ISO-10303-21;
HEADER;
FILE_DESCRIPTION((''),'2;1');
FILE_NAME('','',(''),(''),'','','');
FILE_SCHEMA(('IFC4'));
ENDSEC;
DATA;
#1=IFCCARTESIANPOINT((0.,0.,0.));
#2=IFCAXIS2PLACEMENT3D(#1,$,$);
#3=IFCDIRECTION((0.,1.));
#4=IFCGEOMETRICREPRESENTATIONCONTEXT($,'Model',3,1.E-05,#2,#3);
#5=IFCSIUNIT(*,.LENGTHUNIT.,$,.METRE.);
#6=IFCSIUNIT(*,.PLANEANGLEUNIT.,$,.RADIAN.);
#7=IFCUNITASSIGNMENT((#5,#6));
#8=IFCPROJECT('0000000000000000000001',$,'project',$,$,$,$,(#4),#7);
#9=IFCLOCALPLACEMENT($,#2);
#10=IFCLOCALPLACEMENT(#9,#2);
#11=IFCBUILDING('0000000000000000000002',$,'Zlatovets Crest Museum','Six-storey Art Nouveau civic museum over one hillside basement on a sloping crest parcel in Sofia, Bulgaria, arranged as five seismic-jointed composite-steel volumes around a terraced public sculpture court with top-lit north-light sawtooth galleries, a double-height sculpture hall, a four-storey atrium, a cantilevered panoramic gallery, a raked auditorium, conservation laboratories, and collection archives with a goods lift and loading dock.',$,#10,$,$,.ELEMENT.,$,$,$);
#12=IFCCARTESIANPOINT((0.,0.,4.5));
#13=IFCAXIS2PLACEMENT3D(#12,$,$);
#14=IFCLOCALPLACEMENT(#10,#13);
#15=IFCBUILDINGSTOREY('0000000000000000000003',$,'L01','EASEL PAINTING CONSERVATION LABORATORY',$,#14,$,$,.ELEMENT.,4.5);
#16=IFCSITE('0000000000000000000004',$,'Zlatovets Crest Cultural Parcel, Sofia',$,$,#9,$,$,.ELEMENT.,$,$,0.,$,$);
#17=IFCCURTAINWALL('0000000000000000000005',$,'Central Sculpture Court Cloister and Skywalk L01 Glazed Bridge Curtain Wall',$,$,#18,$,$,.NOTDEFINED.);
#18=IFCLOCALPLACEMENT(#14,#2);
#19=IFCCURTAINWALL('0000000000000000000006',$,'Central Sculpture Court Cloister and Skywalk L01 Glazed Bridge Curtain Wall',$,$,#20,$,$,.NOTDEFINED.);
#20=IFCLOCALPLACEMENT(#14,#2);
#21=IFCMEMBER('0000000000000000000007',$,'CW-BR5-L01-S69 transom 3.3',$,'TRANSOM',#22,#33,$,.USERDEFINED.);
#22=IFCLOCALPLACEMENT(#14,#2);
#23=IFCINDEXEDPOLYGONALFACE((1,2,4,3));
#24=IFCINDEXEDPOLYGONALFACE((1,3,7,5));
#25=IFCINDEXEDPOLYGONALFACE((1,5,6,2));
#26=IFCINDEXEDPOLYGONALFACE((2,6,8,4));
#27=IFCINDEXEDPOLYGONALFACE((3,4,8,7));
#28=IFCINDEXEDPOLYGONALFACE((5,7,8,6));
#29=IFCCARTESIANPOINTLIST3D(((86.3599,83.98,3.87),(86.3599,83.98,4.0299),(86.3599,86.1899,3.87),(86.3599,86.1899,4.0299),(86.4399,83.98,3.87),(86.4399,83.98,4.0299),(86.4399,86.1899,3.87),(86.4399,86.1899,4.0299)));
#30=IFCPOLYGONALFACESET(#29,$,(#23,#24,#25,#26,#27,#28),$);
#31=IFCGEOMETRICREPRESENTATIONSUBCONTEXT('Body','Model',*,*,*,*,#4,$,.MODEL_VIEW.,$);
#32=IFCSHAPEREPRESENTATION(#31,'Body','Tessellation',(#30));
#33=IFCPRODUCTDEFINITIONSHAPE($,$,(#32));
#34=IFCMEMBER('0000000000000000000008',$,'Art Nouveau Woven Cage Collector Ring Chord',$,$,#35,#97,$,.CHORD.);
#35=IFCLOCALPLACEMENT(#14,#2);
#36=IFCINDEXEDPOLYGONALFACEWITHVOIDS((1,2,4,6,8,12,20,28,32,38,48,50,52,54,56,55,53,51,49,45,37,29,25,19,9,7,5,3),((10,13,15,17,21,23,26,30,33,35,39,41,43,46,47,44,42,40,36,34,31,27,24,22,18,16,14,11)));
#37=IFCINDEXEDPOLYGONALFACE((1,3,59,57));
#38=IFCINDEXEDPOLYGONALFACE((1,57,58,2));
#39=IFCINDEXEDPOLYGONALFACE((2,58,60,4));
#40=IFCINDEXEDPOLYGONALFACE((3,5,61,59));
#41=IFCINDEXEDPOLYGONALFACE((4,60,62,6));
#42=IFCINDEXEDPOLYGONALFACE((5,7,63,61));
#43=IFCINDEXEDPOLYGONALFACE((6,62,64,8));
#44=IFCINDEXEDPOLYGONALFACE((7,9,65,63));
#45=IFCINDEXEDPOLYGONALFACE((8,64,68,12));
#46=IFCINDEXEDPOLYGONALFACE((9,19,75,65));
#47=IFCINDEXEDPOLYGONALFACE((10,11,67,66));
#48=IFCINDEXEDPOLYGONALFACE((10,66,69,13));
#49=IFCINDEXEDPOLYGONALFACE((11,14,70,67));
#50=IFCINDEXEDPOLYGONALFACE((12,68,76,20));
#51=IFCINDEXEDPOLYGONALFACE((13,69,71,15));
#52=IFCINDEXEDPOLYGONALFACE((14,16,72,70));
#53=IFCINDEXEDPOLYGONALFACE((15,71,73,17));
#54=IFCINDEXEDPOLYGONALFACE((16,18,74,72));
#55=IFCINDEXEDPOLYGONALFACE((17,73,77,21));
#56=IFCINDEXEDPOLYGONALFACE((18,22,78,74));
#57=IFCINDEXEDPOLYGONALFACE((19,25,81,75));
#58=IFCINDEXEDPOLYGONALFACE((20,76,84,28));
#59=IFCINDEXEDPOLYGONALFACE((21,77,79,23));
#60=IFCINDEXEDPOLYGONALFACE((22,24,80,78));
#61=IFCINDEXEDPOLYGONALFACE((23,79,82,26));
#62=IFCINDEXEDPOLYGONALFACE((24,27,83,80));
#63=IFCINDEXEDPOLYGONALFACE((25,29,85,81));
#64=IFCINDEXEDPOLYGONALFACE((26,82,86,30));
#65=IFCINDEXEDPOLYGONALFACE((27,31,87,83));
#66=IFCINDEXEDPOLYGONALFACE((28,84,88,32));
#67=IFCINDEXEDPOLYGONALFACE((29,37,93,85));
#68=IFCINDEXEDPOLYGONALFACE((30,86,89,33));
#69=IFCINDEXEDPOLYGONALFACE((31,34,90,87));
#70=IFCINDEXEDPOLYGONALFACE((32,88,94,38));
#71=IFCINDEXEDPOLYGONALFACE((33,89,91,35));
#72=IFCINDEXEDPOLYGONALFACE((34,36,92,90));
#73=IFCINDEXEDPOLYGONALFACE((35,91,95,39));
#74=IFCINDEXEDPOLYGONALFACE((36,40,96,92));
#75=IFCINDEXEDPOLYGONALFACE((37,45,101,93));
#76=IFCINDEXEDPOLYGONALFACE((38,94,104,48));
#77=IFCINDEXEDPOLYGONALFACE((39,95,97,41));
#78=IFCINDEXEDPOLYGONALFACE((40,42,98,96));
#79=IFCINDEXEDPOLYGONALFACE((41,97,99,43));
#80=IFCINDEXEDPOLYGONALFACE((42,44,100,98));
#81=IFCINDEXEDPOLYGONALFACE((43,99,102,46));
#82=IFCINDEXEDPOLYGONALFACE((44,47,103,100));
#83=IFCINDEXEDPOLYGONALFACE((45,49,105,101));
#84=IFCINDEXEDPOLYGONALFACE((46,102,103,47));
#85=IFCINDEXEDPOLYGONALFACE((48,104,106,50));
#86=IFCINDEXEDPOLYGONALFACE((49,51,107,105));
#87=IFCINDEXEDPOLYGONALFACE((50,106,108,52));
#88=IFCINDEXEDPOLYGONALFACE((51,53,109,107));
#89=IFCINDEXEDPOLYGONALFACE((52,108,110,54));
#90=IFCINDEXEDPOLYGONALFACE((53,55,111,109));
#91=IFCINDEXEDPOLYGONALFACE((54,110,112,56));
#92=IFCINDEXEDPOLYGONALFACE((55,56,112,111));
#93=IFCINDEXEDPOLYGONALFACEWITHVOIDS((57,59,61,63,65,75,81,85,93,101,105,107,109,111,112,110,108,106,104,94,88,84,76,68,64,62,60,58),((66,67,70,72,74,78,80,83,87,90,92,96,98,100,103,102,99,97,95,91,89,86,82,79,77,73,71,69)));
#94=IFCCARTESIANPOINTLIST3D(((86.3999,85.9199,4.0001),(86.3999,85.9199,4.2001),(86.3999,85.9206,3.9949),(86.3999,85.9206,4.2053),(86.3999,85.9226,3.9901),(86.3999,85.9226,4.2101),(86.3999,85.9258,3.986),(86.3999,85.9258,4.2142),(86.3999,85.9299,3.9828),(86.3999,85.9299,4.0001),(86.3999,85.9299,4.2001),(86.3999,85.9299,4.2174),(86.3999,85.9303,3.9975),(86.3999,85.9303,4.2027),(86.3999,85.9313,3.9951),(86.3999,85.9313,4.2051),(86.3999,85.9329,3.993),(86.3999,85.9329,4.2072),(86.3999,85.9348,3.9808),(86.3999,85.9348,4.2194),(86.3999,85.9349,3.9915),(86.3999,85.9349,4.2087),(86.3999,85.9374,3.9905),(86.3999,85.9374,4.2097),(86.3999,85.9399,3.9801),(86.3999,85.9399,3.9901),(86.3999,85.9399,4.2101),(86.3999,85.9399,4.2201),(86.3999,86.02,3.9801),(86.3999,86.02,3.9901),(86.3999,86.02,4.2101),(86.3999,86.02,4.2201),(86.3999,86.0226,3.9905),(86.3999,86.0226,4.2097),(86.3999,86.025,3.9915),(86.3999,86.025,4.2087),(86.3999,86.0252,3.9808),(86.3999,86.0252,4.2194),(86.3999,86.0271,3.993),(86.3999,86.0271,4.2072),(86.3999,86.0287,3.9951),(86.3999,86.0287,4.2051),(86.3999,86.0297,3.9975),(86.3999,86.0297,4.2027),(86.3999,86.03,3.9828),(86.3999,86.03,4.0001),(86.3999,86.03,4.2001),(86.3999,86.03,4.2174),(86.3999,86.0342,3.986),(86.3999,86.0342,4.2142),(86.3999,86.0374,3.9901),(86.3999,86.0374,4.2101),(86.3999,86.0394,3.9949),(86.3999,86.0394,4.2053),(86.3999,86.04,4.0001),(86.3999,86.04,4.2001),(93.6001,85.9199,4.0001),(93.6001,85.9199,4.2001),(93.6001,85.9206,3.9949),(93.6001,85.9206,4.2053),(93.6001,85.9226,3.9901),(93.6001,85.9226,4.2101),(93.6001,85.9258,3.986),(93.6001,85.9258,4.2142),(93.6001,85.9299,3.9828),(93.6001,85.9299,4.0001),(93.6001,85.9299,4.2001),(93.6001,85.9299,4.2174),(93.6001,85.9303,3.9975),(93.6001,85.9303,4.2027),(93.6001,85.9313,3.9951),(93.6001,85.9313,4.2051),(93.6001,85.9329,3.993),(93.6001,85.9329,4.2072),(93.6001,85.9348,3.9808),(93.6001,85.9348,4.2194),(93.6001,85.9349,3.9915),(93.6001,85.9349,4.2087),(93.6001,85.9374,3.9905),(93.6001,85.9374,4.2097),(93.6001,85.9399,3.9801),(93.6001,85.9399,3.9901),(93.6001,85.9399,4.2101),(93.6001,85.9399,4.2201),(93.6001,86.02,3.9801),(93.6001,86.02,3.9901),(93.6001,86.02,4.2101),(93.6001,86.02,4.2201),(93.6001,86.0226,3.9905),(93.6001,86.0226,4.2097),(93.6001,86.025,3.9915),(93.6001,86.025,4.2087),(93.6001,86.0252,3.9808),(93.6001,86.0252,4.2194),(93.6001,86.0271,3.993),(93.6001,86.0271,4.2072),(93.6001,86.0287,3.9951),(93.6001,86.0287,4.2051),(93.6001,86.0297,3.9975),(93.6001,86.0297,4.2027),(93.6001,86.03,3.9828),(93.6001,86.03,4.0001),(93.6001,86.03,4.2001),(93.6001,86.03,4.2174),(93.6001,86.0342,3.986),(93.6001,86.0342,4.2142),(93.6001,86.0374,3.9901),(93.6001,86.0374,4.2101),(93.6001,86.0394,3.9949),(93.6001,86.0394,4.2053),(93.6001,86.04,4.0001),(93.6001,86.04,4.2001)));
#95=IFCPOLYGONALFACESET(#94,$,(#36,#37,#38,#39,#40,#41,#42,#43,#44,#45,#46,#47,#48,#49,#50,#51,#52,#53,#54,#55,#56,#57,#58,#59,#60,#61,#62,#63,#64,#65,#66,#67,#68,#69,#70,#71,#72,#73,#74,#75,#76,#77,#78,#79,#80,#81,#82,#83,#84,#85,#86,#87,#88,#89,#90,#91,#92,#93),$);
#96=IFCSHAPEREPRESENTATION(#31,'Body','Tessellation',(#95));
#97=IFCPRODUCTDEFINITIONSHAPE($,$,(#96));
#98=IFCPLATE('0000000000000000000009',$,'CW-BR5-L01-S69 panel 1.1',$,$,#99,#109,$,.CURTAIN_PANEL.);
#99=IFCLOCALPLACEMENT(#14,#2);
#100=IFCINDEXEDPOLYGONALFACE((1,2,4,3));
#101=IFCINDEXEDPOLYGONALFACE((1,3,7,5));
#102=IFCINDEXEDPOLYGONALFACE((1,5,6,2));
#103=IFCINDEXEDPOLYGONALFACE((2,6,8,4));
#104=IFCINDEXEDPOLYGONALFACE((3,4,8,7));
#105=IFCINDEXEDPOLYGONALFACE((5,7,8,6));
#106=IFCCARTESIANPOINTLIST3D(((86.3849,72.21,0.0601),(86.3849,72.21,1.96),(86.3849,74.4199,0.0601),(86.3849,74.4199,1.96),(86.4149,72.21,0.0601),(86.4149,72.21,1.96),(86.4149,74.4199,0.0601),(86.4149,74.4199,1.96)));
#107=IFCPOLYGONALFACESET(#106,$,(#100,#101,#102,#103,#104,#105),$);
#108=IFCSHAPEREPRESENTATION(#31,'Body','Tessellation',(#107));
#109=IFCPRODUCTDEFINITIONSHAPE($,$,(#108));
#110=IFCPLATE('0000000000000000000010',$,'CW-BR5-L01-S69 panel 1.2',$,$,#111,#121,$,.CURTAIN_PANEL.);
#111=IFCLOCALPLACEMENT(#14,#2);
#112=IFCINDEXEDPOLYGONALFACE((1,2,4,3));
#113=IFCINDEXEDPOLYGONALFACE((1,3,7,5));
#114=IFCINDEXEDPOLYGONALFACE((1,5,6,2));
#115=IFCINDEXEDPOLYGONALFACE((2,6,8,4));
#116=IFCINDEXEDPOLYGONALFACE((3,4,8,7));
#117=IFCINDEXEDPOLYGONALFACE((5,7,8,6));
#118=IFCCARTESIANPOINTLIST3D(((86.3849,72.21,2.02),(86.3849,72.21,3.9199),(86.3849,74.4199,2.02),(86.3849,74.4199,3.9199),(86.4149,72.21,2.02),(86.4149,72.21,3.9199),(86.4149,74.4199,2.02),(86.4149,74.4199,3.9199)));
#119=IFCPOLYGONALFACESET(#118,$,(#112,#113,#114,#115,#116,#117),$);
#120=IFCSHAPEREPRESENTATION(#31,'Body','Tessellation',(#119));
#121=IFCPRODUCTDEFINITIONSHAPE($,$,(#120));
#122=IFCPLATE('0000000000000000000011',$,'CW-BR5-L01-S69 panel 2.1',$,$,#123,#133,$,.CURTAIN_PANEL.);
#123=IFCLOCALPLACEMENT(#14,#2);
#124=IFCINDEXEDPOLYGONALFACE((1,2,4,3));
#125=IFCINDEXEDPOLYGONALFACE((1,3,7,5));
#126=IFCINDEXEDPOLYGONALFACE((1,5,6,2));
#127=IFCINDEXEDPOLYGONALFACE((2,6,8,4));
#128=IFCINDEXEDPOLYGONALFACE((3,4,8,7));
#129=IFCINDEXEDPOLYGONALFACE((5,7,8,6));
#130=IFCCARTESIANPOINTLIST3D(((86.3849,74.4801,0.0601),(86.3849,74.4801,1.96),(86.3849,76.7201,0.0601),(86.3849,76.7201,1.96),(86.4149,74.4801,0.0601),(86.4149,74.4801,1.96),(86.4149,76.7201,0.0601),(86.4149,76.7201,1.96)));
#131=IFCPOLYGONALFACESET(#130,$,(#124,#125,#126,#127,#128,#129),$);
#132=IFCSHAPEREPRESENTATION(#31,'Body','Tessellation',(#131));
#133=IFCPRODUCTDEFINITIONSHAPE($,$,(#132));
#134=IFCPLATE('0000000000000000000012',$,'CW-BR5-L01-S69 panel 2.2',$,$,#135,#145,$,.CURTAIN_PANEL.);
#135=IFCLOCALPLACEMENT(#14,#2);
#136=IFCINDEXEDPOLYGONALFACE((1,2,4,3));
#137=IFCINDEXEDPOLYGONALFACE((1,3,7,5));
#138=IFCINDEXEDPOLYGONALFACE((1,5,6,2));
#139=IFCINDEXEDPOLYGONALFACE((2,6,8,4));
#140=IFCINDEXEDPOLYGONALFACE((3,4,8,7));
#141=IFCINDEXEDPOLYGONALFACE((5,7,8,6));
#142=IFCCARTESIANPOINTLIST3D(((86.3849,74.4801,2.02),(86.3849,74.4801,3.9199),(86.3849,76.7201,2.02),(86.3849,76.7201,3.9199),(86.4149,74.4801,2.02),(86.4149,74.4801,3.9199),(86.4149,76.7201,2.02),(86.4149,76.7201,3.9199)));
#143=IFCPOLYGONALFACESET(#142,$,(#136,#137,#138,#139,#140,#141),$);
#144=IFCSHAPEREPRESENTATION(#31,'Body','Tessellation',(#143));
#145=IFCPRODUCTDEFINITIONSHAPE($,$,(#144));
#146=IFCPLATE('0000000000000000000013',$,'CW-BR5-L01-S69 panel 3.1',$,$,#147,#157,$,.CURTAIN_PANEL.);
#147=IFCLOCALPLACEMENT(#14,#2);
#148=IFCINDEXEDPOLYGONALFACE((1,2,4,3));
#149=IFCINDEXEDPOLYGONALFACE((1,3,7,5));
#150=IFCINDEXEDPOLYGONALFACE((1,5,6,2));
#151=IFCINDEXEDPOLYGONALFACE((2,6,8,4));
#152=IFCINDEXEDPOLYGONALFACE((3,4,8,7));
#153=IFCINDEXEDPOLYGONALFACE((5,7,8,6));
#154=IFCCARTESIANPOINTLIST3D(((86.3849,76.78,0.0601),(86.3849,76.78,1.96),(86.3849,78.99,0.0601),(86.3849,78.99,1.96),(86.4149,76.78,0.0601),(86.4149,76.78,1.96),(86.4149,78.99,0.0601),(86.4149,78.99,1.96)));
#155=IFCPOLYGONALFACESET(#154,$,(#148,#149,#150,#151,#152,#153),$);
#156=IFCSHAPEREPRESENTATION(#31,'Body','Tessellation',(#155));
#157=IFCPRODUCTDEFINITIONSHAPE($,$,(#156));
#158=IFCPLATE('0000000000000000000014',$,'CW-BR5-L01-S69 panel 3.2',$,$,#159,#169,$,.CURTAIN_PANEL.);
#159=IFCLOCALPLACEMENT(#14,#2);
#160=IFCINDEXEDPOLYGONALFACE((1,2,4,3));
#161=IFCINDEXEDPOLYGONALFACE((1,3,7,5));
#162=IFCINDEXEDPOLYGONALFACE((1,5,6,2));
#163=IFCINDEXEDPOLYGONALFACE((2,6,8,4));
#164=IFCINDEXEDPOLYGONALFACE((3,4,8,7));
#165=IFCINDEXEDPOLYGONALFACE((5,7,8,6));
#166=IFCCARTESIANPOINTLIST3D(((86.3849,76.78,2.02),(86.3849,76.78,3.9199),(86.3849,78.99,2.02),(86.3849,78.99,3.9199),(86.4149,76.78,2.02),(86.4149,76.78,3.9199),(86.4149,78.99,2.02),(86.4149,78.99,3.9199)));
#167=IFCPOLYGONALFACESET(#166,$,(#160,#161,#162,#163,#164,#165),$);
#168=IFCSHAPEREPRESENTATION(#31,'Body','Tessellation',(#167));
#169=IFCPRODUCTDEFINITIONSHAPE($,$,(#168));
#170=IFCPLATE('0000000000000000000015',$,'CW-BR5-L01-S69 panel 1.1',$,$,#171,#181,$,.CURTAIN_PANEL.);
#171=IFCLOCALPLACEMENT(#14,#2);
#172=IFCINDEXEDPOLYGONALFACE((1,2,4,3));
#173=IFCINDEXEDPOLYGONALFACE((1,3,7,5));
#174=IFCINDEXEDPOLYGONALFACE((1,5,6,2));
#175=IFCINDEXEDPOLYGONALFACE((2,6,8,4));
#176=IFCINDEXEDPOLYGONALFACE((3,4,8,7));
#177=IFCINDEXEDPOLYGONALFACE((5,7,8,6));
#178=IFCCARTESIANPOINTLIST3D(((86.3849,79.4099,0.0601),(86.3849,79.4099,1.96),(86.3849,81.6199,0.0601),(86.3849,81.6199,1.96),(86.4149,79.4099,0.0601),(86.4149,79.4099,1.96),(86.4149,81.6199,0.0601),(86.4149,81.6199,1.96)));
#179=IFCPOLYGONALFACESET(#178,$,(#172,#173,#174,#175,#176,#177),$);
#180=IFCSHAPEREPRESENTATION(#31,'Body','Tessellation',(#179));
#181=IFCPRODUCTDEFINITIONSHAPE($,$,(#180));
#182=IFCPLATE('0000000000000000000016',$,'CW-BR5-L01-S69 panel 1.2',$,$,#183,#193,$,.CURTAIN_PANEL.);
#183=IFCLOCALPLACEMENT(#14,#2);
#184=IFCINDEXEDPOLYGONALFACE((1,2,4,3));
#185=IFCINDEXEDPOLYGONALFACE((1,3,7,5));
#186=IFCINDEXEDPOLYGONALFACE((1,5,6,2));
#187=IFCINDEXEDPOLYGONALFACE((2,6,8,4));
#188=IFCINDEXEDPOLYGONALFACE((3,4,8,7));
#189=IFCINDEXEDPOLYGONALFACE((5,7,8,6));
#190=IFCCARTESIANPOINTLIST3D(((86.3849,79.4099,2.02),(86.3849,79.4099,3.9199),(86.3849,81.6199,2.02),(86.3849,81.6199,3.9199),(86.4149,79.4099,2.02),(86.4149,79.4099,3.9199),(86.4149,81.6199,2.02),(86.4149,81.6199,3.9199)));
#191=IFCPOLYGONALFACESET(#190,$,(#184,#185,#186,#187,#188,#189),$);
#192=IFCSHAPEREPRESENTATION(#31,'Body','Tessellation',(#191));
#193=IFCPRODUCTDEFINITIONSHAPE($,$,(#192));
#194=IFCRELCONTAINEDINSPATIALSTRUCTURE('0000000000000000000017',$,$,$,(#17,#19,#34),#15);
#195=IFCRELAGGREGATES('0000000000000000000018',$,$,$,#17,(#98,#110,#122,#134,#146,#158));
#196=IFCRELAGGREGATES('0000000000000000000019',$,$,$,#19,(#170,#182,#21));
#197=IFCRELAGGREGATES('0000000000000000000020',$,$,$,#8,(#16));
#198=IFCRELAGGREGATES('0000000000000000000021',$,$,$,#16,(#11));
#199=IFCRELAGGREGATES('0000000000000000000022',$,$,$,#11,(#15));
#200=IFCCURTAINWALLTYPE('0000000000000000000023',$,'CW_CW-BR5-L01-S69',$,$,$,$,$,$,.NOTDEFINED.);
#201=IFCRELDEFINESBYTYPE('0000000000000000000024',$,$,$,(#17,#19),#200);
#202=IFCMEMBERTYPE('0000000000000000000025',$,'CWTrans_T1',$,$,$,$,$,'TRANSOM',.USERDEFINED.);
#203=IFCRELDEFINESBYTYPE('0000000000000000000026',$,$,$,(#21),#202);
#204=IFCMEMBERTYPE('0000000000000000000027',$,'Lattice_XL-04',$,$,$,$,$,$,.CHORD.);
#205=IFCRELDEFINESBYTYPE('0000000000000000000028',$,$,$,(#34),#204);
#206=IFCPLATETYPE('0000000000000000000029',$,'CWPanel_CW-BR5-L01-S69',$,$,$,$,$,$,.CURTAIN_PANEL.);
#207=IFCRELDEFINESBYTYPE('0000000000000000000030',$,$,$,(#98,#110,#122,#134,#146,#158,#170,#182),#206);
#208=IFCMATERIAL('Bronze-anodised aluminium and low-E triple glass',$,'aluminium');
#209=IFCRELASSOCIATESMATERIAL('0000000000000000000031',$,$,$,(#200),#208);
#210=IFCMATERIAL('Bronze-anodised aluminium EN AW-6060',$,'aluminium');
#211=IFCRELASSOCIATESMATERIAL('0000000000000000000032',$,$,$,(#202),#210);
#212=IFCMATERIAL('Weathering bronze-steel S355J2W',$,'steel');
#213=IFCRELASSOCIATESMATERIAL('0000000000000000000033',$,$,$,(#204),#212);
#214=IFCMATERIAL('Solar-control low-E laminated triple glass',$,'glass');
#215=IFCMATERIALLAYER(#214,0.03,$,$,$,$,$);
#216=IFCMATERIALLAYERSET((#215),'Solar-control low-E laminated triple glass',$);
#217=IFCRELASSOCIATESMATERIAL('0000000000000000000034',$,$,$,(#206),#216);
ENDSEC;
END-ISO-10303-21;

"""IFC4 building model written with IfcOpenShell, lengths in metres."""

from ifc_helpers import new_model, si_unit, direction, frame, origin, origin_2d, place, context, subcontext, project, spatial, rectangle, hollow_rectangle, extrude, material, layer, layer_set, material_profile, profile_set, type_object, element, aggregate, save


model = new_model("IFC4")

# Units and contexts
model_context = context("Model", 3, precision=1e-05, world=origin(), true_north=direction((0.0, 1.0)))
body_context = subcontext(model_context, "Body", "Model", "MODEL_VIEW")
ifc_project = project(units=[si_unit("LENGTHUNIT", "METRE"), si_unit("PLANEANGLEUNIT", "RADIAN")], contexts=[model_context])

# Site, building, storey
site_placement = place(None, origin())
site = spatial("IfcSite", under=ifc_project, at=site_placement, Name="Zlatovets Crest Cultural Parcel, Sofia", CompositionType="ELEMENT", RefElevation=0.0)
building_placement = place(site_placement, origin())
building = spatial("IfcBuilding", under=site, at=building_placement, Name="Zlatovets Crest Museum", Description="Six-storey Art Nouveau civic museum over one hillside basement on a sloping crest parcel in Sofia, Bulgaria, arranged as five seismic-jointed composite-steel volumes around a terraced public sculpture court with top-lit north-light sawtooth galleries, a double-height sculpture hall, a four-storey atrium, a cantilevered panoramic gallery, a raked auditorium, conservation laboratories, and collection archives with a goods lift and loading dock.", CompositionType="ELEMENT")
storey_placement = place(building_placement, frame((0.0, 0.0, 4.5)))
storey = spatial("IfcBuildingStorey", under=building, at=storey_placement, Name="L01", Description="EASEL PAINTING CONSERVATION LABORATORY", CompositionType="ELEMENT", Elevation=4.5)

# Curtain walls
ifc_material_1 = material(Name="Bronze-anodised aluminium and low-E triple glass", Category="aluminium")
curtain_wall_type = type_object("IfcCurtainWallType", Name="CW_CW-BR5-L01-S69", PredefinedType="NOTDEFINED", material=ifc_material_1)
curtain_wall_1_placement = place(storey_placement, origin())
curtain_wall_1 = element("IfcCurtainWall", 1, at=curtain_wall_1_placement, inside=storey, type_object=curtain_wall_type, Name="Central Sculpture Court Cloister and Skywalk L01 Glazed Bridge Curtain Wall", PredefinedType="NOTDEFINED")
ifc_material_2 = material(Name="Bronze-anodised aluminium EN AW-6060", Category="aluminium")
curtain_wall_2_placement = place(storey_placement, origin())
curtain_wall_2 = element("IfcCurtainWall", 2, at=curtain_wall_2_placement, inside=storey, type_object=curtain_wall_type, Name="Central Sculpture Court Cloister and Skywalk L01 Glazed Bridge Curtain Wall", PredefinedType="NOTDEFINED")

# Members
ifc_material_profile_1 = material_profile(ifc_material_2, rectangle(XDim=0.0801, YDim=0.1599, at=origin_2d()), Name="ALU 80x160")
ifc_profile_set_1 = profile_set([ifc_material_profile_1], Name="Bronze-anodised aluminium EN AW-6060")
member_type_1 = type_object("IfcMemberType", Name="CWTrans_T1", ElementType="TRANSOM", PredefinedType="USERDEFINED", material=ifc_profile_set_1)
member_1_placement = place(storey_placement, frame((86.3999, 83.98, 3.95), z_axis=(0.0, 1.0, 0.0), x_axis=(-1.0, 0.0, 0.0)))
member_1 = element("IfcMember", 3, at=member_1_placement, type_object=member_type_1, Name="CW-BR5-L01-S69 transom 3.3", ObjectType="TRANSOM", PredefinedType="USERDEFINED", context=body_context, shape_type="SweptSolid", body=[
    extrude(rectangle(XDim=0.0801, YDim=0.1599, at=origin_2d()), origin(), (0.0, 0.0, 1.0), 2.21),
])
ifc_material_3 = material(Name="Weathering bronze-steel S355J2W", Category="steel")
ifc_material_profile_2 = material_profile(ifc_material_3, hollow_rectangle(XDim=0.1201, YDim=0.24, WallThickness=0.01, InnerFilletRadius=0.01, OuterFilletRadius=0.02, at=origin_2d()), Name="RHS 120x240x10.0")
ifc_profile_set_2 = profile_set([ifc_material_profile_2], Name="Weathering bronze-steel S355J2W")
member_type_2 = type_object("IfcMemberType", Name="Lattice_XL-04", PredefinedType="CHORD", material=ifc_profile_set_2)
member_2_placement = place(storey_placement, frame((86.3999, 85.98, 4.1001), z_axis=(1.0, 0.0, 0.0), x_axis=(0.0, 1.0, 0.0)))
element("IfcMember", 4, at=member_2_placement, inside=storey, type_object=member_type_2, Name="Art Nouveau Woven Cage Collector Ring Chord", PredefinedType="CHORD", context=body_context, shape_type="SweptSolid", body=[
    extrude(hollow_rectangle(XDim=0.1201, YDim=0.24, WallThickness=0.01, InnerFilletRadius=0.01, OuterFilletRadius=0.02, at=origin_2d()), origin(), (0.0, 0.0, 1.0), 7.2002),
])

# Plates
ifc_material_4 = material(Name="Solar-control low-E laminated triple glass", Category="glass")
ifc_layer = layer(ifc_material_4, 0.03)
ifc_layer_set = layer_set([ifc_layer], Name="Solar-control low-E laminated triple glass")
plate_type = type_object("IfcPlateType", Name="CWPanel_CW-BR5-L01-S69", PredefinedType="CURTAIN_PANEL", material=ifc_layer_set)
plate_1_placement = place(storey_placement, frame((86.3999, 73.3149, 0.0601), z_axis=(0.0, 0.0, 1.0), x_axis=(0.0, 1.0, 0.0)))
plate_1 = element("IfcPlate", 5, at=plate_1_placement, type_object=plate_type, Name="CW-BR5-L01-S69 panel 1.1", PredefinedType="CURTAIN_PANEL", context=body_context, shape_type="SweptSolid", body=[
    extrude(rectangle(XDim=2.21, YDim=0.03, at=origin_2d()), origin(), (0.0, 0.0, 1.0), 1.8999),
])
plate_2_placement = place(storey_placement, frame((86.3999, 73.3149, 2.02), z_axis=(0.0, 0.0, 1.0), x_axis=(0.0, 1.0, 0.0)))
plate_2 = element("IfcPlate", 6, at=plate_2_placement, type_object=plate_type, Name="CW-BR5-L01-S69 panel 1.2", PredefinedType="CURTAIN_PANEL", context=body_context, shape_type="SweptSolid", body=[
    extrude(rectangle(XDim=2.21, YDim=0.03, at=origin_2d()), origin(), (0.0, 0.0, 1.0), 1.8999),
])
plate_3_placement = place(storey_placement, frame((86.3999, 75.6001, 0.0601), z_axis=(0.0, 0.0, 1.0), x_axis=(0.0, 1.0, 0.0)))
plate_3 = element("IfcPlate", 7, at=plate_3_placement, type_object=plate_type, Name="CW-BR5-L01-S69 panel 2.1", PredefinedType="CURTAIN_PANEL", context=body_context, shape_type="SweptSolid", body=[
    extrude(rectangle(XDim=2.24, YDim=0.03, at=origin_2d()), origin(), (0.0, 0.0, 1.0), 1.8999),
])
plate_4_placement = place(storey_placement, frame((86.3999, 75.6001, 2.02), z_axis=(0.0, 0.0, 1.0), x_axis=(0.0, 1.0, 0.0)))
plate_4 = element("IfcPlate", 8, at=plate_4_placement, type_object=plate_type, Name="CW-BR5-L01-S69 panel 2.2", PredefinedType="CURTAIN_PANEL", context=body_context, shape_type="SweptSolid", body=[
    extrude(rectangle(XDim=2.24, YDim=0.03, at=origin_2d()), origin(), (0.0, 0.0, 1.0), 1.8999),
])
plate_5_placement = place(storey_placement, frame((86.3999, 77.885, 0.0601), z_axis=(0.0, 0.0, 1.0), x_axis=(0.0, 1.0, 0.0)))
plate_5 = element("IfcPlate", 9, at=plate_5_placement, type_object=plate_type, Name="CW-BR5-L01-S69 panel 3.1", PredefinedType="CURTAIN_PANEL", context=body_context, shape_type="SweptSolid", body=[
    extrude(rectangle(XDim=2.21, YDim=0.03, at=origin_2d()), origin(), (0.0, 0.0, 1.0), 1.8999),
])
plate_6_placement = place(storey_placement, frame((86.3999, 77.885, 2.02), z_axis=(0.0, 0.0, 1.0), x_axis=(0.0, 1.0, 0.0)))
plate_6 = element("IfcPlate", 10, at=plate_6_placement, type_object=plate_type, Name="CW-BR5-L01-S69 panel 3.2", PredefinedType="CURTAIN_PANEL", context=body_context, shape_type="SweptSolid", body=[
    extrude(rectangle(XDim=2.21, YDim=0.03, at=origin_2d()), origin(), (0.0, 0.0, 1.0), 1.8999),
])
aggregate(curtain_wall_1, [plate_1, plate_2, plate_3, plate_4, plate_5, plate_6])
plate_7_placement = place(storey_placement, frame((86.3999, 80.5149, 0.0601), z_axis=(0.0, 0.0, 1.0), x_axis=(0.0, 1.0, 0.0)))
plate_7 = element("IfcPlate", 11, at=plate_7_placement, type_object=plate_type, Name="CW-BR5-L01-S69 panel 1.1", PredefinedType="CURTAIN_PANEL", context=body_context, shape_type="SweptSolid", body=[
    extrude(rectangle(XDim=2.21, YDim=0.03, at=origin_2d()), origin(), (0.0, 0.0, 1.0), 1.8999),
])
plate_8_placement = place(storey_placement, frame((86.3999, 80.5149, 2.02), z_axis=(0.0, 0.0, 1.0), x_axis=(0.0, 1.0, 0.0)))
plate_8 = element("IfcPlate", 12, at=plate_8_placement, type_object=plate_type, Name="CW-BR5-L01-S69 panel 1.2", PredefinedType="CURTAIN_PANEL", context=body_context, shape_type="SweptSolid", body=[
    extrude(rectangle(XDim=2.21, YDim=0.03, at=origin_2d()), origin(), (0.0, 0.0, 1.0), 1.8999),
])
aggregate(curtain_wall_2, [plate_7, plate_8, member_1])

save(model, "model.ifc")
